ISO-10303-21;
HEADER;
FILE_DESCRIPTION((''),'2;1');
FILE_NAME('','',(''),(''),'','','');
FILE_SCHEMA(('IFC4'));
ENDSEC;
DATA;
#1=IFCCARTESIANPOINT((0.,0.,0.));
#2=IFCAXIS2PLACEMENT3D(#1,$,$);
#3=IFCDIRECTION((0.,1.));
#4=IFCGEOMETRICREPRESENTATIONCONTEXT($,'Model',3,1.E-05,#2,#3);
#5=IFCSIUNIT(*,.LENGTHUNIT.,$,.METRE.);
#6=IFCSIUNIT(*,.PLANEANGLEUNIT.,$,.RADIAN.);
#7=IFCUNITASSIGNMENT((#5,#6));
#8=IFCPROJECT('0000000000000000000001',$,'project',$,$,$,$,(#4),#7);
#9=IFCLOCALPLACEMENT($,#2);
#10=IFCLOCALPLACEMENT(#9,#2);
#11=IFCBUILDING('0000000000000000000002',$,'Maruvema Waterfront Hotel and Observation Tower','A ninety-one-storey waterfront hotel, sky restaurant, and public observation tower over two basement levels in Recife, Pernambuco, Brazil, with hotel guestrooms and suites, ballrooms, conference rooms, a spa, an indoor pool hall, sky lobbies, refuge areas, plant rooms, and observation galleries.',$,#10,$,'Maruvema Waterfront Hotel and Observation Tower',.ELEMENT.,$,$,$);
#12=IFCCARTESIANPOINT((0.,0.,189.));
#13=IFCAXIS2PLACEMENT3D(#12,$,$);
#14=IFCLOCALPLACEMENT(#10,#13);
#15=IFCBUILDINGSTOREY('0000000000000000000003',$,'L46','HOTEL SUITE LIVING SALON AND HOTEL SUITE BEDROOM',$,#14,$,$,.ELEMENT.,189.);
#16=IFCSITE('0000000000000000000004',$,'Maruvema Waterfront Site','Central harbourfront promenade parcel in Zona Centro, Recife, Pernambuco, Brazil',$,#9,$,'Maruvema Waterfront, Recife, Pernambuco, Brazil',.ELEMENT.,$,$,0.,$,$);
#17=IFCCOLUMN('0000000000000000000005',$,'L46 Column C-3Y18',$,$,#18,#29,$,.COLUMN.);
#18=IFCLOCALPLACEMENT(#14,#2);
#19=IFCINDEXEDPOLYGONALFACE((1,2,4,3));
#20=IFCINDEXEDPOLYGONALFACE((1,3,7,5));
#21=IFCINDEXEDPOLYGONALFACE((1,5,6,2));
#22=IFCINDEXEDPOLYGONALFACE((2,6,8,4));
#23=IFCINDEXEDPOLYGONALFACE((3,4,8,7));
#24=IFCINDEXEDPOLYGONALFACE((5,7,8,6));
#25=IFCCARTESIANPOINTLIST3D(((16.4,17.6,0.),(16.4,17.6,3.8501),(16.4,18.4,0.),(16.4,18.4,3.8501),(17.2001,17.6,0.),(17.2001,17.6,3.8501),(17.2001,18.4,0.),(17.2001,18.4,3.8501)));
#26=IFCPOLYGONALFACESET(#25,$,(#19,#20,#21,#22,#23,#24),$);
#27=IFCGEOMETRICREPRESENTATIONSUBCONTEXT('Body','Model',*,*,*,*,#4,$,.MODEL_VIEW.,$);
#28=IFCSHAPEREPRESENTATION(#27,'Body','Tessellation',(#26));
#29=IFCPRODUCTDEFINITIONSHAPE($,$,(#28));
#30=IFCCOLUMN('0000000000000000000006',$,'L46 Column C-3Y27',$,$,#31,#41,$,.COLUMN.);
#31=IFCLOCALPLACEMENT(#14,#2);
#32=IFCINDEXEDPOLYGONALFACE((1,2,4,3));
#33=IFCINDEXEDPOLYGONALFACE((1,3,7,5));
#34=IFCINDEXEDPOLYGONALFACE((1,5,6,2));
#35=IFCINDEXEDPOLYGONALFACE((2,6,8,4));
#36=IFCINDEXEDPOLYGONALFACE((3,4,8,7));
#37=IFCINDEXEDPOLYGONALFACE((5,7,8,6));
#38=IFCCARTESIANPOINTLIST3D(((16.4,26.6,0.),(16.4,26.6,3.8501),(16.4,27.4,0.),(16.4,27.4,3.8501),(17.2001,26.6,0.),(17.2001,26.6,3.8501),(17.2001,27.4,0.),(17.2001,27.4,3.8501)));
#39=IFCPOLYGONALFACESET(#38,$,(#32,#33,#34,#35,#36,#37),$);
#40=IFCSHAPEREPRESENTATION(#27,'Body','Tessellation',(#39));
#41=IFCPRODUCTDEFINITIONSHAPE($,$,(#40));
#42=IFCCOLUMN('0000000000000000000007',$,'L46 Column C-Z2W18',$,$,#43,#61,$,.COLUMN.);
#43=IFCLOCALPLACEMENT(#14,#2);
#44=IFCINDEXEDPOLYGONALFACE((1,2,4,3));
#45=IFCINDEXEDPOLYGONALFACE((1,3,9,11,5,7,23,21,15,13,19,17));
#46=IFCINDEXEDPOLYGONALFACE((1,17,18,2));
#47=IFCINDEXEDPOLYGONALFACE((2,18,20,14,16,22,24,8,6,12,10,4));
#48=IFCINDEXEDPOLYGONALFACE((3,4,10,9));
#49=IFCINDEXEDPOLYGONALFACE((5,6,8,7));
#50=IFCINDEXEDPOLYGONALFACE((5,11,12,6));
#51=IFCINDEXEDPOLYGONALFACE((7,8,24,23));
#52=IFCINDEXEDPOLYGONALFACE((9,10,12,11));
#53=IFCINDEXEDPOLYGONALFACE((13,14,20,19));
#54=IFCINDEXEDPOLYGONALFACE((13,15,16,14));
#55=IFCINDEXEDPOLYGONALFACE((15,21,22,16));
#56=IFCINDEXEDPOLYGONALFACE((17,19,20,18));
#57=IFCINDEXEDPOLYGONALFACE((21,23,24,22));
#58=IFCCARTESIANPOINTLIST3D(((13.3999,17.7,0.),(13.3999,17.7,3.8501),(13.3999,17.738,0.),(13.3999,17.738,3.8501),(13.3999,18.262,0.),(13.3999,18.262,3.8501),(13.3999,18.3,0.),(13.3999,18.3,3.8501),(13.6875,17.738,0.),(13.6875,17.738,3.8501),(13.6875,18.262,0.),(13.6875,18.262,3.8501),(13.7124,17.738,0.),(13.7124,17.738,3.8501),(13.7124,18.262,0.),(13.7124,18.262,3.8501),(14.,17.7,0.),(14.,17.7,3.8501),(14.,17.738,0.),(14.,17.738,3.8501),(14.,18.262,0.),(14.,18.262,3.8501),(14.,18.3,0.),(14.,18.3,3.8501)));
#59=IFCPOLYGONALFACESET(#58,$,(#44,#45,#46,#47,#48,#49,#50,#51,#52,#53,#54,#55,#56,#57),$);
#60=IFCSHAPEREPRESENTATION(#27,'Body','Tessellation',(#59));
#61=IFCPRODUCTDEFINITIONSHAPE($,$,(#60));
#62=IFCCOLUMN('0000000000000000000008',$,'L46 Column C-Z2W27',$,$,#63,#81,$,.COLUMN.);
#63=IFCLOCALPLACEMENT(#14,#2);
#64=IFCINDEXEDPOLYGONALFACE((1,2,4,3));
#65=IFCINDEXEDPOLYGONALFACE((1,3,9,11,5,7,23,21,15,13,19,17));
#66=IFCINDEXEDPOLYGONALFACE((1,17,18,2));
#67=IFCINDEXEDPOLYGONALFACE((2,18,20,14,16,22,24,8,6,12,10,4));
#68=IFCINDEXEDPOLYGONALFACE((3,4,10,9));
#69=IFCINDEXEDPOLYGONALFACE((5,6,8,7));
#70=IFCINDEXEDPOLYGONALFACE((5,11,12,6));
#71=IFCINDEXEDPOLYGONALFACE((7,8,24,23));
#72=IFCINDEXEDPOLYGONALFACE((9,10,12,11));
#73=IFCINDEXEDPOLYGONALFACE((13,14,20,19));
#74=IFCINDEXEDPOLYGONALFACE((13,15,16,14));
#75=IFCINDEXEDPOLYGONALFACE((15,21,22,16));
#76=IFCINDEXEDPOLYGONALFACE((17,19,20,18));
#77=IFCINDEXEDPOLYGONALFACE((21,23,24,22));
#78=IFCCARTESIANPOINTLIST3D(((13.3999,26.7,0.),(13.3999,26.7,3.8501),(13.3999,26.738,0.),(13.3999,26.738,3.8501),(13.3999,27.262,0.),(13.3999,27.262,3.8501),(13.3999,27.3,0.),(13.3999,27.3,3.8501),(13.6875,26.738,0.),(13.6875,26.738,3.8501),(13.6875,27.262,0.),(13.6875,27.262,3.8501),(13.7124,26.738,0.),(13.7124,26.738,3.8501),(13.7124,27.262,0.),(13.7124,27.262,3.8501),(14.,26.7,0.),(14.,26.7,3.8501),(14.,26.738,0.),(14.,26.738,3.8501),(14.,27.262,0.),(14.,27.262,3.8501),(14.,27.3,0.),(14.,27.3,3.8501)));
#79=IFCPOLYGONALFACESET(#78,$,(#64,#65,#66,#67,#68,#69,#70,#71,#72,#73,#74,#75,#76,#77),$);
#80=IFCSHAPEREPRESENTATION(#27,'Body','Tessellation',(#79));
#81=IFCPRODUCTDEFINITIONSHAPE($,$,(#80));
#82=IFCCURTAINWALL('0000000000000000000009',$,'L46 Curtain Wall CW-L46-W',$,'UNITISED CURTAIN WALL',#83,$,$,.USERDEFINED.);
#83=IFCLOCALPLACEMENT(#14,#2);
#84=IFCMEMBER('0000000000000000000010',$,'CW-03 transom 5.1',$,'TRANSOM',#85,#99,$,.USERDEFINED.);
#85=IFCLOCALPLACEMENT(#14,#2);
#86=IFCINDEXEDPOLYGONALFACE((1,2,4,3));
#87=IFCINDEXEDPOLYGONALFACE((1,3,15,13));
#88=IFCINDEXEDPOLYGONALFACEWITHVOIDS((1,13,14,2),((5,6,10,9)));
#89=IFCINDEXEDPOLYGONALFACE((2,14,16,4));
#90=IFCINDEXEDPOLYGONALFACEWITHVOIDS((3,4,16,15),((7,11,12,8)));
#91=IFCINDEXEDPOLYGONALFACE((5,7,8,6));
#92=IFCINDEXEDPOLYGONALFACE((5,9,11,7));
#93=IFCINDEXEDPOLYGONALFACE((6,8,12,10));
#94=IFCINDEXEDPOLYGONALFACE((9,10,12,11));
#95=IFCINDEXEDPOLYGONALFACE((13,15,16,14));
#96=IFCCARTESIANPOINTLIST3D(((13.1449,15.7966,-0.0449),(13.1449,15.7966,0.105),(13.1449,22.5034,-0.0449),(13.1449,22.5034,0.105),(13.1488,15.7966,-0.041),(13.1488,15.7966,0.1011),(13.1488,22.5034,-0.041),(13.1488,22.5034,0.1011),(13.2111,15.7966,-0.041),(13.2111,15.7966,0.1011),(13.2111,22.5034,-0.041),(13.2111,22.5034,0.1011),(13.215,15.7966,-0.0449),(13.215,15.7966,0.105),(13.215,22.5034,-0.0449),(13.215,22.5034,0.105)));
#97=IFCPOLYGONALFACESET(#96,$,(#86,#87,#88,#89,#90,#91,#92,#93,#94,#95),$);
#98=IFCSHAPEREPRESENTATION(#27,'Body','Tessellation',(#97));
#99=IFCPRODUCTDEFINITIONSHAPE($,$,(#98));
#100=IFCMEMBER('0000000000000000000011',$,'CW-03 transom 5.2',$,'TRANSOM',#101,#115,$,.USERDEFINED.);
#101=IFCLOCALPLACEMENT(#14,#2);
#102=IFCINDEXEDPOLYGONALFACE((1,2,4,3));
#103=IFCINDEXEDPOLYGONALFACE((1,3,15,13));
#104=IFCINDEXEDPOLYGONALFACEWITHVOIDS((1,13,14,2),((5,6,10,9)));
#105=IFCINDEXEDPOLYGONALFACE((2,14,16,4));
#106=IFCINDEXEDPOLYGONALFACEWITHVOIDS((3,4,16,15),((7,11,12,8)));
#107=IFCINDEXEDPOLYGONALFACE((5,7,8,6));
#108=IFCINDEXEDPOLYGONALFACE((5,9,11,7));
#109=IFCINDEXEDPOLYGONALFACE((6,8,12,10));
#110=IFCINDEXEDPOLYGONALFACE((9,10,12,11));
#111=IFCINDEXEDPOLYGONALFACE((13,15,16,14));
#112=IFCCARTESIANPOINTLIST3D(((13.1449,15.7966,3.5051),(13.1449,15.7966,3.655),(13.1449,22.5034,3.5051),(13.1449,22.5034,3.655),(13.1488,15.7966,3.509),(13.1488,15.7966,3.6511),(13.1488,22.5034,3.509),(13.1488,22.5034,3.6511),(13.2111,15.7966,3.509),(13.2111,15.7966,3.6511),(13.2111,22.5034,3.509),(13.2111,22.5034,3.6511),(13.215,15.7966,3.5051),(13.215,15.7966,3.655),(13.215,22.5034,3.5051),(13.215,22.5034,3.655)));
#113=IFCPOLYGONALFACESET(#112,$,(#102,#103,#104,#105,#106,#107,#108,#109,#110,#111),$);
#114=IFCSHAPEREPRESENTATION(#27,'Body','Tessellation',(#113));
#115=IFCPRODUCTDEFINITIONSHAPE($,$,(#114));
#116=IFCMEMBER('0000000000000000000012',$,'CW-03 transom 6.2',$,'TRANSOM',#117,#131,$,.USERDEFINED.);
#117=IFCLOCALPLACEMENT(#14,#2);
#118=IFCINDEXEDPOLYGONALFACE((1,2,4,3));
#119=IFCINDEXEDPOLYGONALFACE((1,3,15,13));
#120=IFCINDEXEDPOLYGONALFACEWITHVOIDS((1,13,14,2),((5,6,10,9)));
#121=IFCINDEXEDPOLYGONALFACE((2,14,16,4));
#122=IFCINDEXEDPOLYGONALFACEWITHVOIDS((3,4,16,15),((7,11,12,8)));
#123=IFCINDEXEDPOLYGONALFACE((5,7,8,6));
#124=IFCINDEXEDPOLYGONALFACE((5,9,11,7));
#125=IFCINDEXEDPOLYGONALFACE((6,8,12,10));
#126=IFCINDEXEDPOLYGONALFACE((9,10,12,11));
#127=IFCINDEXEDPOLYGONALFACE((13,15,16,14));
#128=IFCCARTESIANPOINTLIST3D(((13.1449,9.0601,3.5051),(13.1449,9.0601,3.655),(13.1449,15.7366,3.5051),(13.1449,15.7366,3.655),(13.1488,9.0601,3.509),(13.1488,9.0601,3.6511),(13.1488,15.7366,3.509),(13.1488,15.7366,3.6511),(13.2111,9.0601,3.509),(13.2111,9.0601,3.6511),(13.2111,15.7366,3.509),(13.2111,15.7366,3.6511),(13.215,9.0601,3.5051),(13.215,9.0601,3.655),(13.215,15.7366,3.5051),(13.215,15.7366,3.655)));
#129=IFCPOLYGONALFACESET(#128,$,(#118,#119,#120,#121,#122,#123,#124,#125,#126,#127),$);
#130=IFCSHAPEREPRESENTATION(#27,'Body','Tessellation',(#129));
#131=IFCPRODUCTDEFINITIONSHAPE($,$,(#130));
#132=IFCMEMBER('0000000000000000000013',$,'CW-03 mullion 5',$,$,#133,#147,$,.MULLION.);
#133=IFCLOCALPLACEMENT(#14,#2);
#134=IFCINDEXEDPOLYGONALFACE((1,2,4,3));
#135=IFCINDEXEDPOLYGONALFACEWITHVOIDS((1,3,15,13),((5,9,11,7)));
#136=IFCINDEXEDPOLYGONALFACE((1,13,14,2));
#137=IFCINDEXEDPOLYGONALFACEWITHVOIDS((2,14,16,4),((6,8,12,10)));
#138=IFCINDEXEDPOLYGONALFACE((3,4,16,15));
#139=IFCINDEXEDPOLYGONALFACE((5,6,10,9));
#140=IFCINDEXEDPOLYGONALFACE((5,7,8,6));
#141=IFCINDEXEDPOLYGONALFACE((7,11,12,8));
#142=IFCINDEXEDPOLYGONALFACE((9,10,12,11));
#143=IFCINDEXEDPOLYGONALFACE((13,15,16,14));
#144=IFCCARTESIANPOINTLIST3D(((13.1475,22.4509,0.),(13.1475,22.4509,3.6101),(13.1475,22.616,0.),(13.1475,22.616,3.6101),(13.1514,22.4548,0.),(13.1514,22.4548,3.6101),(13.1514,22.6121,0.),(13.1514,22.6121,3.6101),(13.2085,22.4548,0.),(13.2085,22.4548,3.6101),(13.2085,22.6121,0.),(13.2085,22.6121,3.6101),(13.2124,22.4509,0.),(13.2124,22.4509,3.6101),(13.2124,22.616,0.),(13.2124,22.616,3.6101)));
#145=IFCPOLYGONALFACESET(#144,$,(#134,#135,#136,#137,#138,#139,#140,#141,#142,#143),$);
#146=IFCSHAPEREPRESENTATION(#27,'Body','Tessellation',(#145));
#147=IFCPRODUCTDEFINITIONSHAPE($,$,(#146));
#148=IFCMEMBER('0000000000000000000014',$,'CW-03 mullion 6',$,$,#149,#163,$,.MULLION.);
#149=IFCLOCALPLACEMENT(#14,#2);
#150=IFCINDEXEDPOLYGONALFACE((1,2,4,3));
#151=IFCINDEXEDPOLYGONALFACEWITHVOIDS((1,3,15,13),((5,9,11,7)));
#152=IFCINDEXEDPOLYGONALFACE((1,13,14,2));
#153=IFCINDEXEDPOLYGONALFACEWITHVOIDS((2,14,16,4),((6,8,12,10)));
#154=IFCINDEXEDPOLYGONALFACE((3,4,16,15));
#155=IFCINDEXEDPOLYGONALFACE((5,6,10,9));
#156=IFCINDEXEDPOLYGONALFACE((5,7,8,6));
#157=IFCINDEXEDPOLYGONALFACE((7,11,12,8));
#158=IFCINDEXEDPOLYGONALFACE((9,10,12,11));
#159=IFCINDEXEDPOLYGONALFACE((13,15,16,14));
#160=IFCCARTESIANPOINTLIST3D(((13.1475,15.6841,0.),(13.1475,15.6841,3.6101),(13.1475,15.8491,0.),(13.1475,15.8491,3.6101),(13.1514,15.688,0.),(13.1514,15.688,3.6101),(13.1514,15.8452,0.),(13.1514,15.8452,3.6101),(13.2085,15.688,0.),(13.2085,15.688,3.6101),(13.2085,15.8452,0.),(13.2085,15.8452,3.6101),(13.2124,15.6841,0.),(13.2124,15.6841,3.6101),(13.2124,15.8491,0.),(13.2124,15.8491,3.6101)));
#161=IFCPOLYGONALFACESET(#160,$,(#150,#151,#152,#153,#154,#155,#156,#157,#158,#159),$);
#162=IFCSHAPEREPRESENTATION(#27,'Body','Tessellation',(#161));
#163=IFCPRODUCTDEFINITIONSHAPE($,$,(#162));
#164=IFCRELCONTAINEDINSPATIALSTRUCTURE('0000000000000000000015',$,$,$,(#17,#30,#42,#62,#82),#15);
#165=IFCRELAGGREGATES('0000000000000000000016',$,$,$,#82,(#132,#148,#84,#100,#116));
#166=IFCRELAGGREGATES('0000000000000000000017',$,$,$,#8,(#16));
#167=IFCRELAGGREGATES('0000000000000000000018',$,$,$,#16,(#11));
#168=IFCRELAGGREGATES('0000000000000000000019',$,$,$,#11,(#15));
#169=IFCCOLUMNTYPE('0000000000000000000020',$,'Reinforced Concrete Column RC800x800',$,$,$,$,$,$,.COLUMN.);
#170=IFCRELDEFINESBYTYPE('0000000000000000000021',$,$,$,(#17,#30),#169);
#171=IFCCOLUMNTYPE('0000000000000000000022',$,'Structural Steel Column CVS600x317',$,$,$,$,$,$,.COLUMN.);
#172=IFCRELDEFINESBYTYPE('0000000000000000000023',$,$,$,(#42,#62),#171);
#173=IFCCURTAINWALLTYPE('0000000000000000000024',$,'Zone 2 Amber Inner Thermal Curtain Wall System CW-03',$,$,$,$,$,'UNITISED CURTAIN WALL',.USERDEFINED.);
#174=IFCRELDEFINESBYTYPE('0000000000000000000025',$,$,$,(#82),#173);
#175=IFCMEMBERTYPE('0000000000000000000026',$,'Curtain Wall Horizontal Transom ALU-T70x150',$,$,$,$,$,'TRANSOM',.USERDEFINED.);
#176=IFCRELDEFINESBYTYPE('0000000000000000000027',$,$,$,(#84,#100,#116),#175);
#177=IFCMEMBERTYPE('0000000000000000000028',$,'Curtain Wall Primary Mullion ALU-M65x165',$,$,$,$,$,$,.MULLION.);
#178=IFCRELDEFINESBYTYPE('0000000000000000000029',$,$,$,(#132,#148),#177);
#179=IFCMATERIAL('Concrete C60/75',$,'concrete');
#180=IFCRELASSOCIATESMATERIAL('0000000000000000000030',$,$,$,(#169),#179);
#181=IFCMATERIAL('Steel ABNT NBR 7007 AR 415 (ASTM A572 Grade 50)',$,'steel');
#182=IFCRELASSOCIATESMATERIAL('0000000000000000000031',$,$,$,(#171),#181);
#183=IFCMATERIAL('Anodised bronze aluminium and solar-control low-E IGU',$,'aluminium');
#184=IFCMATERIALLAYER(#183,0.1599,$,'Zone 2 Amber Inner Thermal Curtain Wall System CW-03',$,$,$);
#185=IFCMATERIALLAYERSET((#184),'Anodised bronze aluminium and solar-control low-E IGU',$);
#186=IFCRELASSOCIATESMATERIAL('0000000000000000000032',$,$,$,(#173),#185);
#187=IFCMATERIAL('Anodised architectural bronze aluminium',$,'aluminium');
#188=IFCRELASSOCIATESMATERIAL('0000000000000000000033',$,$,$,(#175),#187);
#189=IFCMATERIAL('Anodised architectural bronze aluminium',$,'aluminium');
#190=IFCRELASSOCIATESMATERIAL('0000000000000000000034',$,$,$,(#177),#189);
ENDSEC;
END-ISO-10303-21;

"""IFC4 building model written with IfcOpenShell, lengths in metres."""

from ifc_helpers import new_model, si_unit, direction, frame, origin, origin_2d, place, context, subcontext, project, spatial, rectangle, hollow_rectangle, i_section, extrude, material, layer, layer_set, material_profile, profile_set, type_object, element, aggregate, save


model = new_model("IFC4")

# Units and contexts
model_context = context("Model", 3, precision=1e-05, world=origin(), true_north=direction((0.0, 1.0)))
body_context = subcontext(model_context, "Body", "Model", "MODEL_VIEW")
ifc_project = project(units=[si_unit("LENGTHUNIT", "METRE"), si_unit("PLANEANGLEUNIT", "RADIAN")], contexts=[model_context])

# Site, building, storey
site_placement = place(None, origin())
site = spatial("IfcSite", under=ifc_project, at=site_placement, Name="Maruvema Waterfront Site", Description="Central harbourfront promenade parcel in Zona Centro, Recife, Pernambuco, Brazil", LongName="Maruvema Waterfront, Recife, Pernambuco, Brazil", CompositionType="ELEMENT", RefElevation=0.0)
building_placement = place(site_placement, origin())
building = spatial("IfcBuilding", under=site, at=building_placement, Name="Maruvema Waterfront Hotel and Observation Tower", Description="A ninety-one-storey waterfront hotel, sky restaurant, and public observation tower over two basement levels in Recife, Pernambuco, Brazil, with hotel guestrooms and suites, ballrooms, conference rooms, a spa, an indoor pool hall, sky lobbies, refuge areas, plant rooms, and observation galleries.", LongName="Maruvema Waterfront Hotel and Observation Tower", CompositionType="ELEMENT")
storey_placement = place(building_placement, frame((0.0, 0.0, 189.0)))
storey = spatial("IfcBuildingStorey", under=building, at=storey_placement, Name="L46", Description="HOTEL SUITE LIVING SALON AND HOTEL SUITE BEDROOM", CompositionType="ELEMENT", Elevation=189.0)

# Columns
ifc_material_1 = material(Name="Concrete C60/75", Category="concrete")
ifc_material_profile_1 = material_profile(ifc_material_1, rectangle(XDim=0.8, YDim=0.8, at=origin_2d()), Name="RC800x800")
ifc_profile_set_1 = profile_set([ifc_material_profile_1], Name="Concrete C60/75")
column_type_1 = type_object("IfcColumnType", Name="Reinforced Concrete Column RC800x800", PredefinedType="COLUMN", material=ifc_profile_set_1)
for number, where, z_axis, x_axis, name in (
    (1, (16.8, 18.0, 0.0), (0.0, 0.0, 1.0), (1.0, 0.0, 0.0), "L46 Column C-3Y18"),
    (2, (16.8, 27.0, 0.0), (0.0, 0.0, 1.0), (1.0, 0.0, 0.0), "L46 Column C-3Y27"),
):
    element("IfcColumn", number, at=place(storey_placement, frame(where, z_axis=z_axis, x_axis=x_axis)), inside=storey, type_object=column_type_1, Name=name, PredefinedType="COLUMN", context=body_context, shape_type="SweptSolid", body=[
        extrude(rectangle(XDim=0.8, YDim=0.8, at=origin_2d()), origin(), (0.0, 0.0, 1.0), 3.8501),
    ])
ifc_material_2 = material(Name="Steel ABNT NBR 7007 AR 415 (ASTM A572 Grade 50)", Category="steel")
ifc_material_profile_2 = material_profile(ifc_material_2, i_section(OverallWidth=0.6001, OverallDepth=0.6001, WebThickness=0.0249, FlangeThickness=0.0381, at=origin_2d()), Name="CVS600x317")
ifc_profile_set_2 = profile_set([ifc_material_profile_2], Name="Steel ABNT NBR 7007 AR 415 (ASTM A572 Grade 50)")
column_type_2 = type_object("IfcColumnType", Name="Structural Steel Column CVS600x317", PredefinedType="COLUMN", material=ifc_profile_set_2)
for number, where, z_axis, x_axis, name in (
    (3, (13.7, 18.0, 0.0), (0.0, 0.0, 1.0), (1.0, 0.0, 0.0), "L46 Column C-Z2W18"),
    (4, (13.7, 27.0, 0.0), (0.0, 0.0, 1.0), (1.0, 0.0, 0.0), "L46 Column C-Z2W27"),
):
    element("IfcColumn", number, at=place(storey_placement, frame(where, z_axis=z_axis, x_axis=x_axis)), inside=storey, type_object=column_type_2, Name=name, PredefinedType="COLUMN", context=body_context, shape_type="SweptSolid", body=[
        extrude(i_section(OverallWidth=0.6001, OverallDepth=0.6001, WebThickness=0.0249, FlangeThickness=0.0381, at=origin_2d()), origin(), (0.0, 0.0, 1.0), 3.8501),
    ])

# Curtain wall, members
ifc_material_3 = material(Name="Anodised bronze aluminium and solar-control low-E IGU", Category="aluminium")
ifc_layer_1 = layer(ifc_material_3, 0.1599, Name="Zone 2 Amber Inner Thermal Curtain Wall System CW-03")
ifc_layer_set_1 = layer_set([ifc_layer_1], Name="Anodised bronze aluminium and solar-control low-E IGU")
curtain_wall_type = type_object("IfcCurtainWallType", Name="Zone 2 Amber Inner Thermal Curtain Wall System CW-03", ElementType="UNITISED CURTAIN WALL", PredefinedType="USERDEFINED", material=ifc_layer_set_1)
curtain_wall_placement = place(storey_placement, origin())
curtain_wall = element("IfcCurtainWall", 5, at=curtain_wall_placement, inside=storey, type_object=curtain_wall_type, Name="L46 Curtain Wall CW-L46-W", ObjectType="UNITISED CURTAIN WALL", PredefinedType="USERDEFINED")
ifc_material_4 = material(Name="Anodised architectural bronze aluminium", Category="aluminium")
ifc_material_profile_3 = material_profile(ifc_material_4, hollow_rectangle(XDim=0.0701, YDim=0.1499, WallThickness=0.0039, at=origin_2d()), Name="ALU-T70x150")
ifc_profile_set_3 = profile_set([ifc_material_profile_3], Name="Anodised architectural bronze aluminium")
member_type_1 = type_object("IfcMemberType", Name="Curtain Wall Horizontal Transom ALU-T70x150", ElementType="TRANSOM", PredefinedType="USERDEFINED", material=ifc_profile_set_3)
member_1_placement = place(storey_placement, frame((13.1799, 22.5034, 0.03), z_axis=(0.0, -1.0, 0.0), x_axis=(1.0, 0.0, 0.0)))
member_1 = element("IfcMember", 6, at=member_1_placement, type_object=member_type_1, Name="CW-03 transom 5.1", ObjectType="TRANSOM", PredefinedType="USERDEFINED", context=body_context, shape_type="SweptSolid", body=[
    extrude(hollow_rectangle(XDim=0.0701, YDim=0.1499, WallThickness=0.0039, at=origin_2d()), origin(), (0.0, 0.0, 1.0), 6.7068),
])
member_2_placement = place(storey_placement, frame((13.1799, 22.5034, 3.5801), z_axis=(0.0, -1.0, 0.0), x_axis=(1.0, 0.0, 0.0)))
member_2 = element("IfcMember", 7, at=member_2_placement, type_object=member_type_1, Name="CW-03 transom 5.2", ObjectType="TRANSOM", PredefinedType="USERDEFINED", context=body_context, shape_type="SweptSolid", body=[
    extrude(hollow_rectangle(XDim=0.0701, YDim=0.1499, WallThickness=0.0039, at=origin_2d()), origin(), (0.0, 0.0, 1.0), 6.7068),
])
member_3_placement = place(storey_placement, frame((13.1799, 15.7366, 3.5801), z_axis=(0.0, -1.0, 0.0), x_axis=(1.0, 0.0, 0.0)))
member_3 = element("IfcMember", 8, at=member_3_placement, type_object=member_type_1, Name="CW-03 transom 6.2", ObjectType="TRANSOM", PredefinedType="USERDEFINED", context=body_context, shape_type="SweptSolid", body=[
    extrude(hollow_rectangle(XDim=0.0701, YDim=0.1499, WallThickness=0.0039, at=origin_2d()), origin(), (0.0, 0.0, 1.0), 6.6765),
])
ifc_material_5 = material(Name="Anodised architectural bronze aluminium", Category="aluminium")
ifc_material_profile_4 = material_profile(ifc_material_5, hollow_rectangle(XDim=0.0649, YDim=0.165, WallThickness=0.0039, at=origin_2d()), Name="ALU-M65x165")
ifc_profile_set_4 = profile_set([ifc_material_profile_4], Name="Anodised architectural bronze aluminium")
member_type_2 = type_object("IfcMemberType", Name="Curtain Wall Primary Mullion ALU-M65x165", PredefinedType="MULLION", material=ifc_profile_set_4)
member_4_placement = place(storey_placement, frame((13.1799, 22.5334, 0.0), z_axis=(0.0, 0.0, 1.0), x_axis=(1.0, 0.0, 0.0)))
member_4 = element("IfcMember", 9, at=member_4_placement, type_object=member_type_2, Name="CW-03 mullion 5", PredefinedType="MULLION", context=body_context, shape_type="SweptSolid", body=[
    extrude(hollow_rectangle(XDim=0.0649, YDim=0.165, WallThickness=0.0039, at=origin_2d()), origin(), (0.0, 0.0, 1.0), 3.6101),
])
member_5_placement = place(storey_placement, frame((13.1799, 15.7666, 0.0), z_axis=(0.0, 0.0, 1.0), x_axis=(1.0, 0.0, 0.0)))
member_5 = element("IfcMember", 10, at=member_5_placement, type_object=member_type_2, Name="CW-03 mullion 6", PredefinedType="MULLION", context=body_context, shape_type="SweptSolid", body=[
    extrude(hollow_rectangle(XDim=0.0649, YDim=0.165, WallThickness=0.0039, at=origin_2d()), origin(), (0.0, 0.0, 1.0), 3.6101),
])

aggregate(curtain_wall, [member_4, member_5, member_1, member_2, member_3])

save(model, "model.ifc")
